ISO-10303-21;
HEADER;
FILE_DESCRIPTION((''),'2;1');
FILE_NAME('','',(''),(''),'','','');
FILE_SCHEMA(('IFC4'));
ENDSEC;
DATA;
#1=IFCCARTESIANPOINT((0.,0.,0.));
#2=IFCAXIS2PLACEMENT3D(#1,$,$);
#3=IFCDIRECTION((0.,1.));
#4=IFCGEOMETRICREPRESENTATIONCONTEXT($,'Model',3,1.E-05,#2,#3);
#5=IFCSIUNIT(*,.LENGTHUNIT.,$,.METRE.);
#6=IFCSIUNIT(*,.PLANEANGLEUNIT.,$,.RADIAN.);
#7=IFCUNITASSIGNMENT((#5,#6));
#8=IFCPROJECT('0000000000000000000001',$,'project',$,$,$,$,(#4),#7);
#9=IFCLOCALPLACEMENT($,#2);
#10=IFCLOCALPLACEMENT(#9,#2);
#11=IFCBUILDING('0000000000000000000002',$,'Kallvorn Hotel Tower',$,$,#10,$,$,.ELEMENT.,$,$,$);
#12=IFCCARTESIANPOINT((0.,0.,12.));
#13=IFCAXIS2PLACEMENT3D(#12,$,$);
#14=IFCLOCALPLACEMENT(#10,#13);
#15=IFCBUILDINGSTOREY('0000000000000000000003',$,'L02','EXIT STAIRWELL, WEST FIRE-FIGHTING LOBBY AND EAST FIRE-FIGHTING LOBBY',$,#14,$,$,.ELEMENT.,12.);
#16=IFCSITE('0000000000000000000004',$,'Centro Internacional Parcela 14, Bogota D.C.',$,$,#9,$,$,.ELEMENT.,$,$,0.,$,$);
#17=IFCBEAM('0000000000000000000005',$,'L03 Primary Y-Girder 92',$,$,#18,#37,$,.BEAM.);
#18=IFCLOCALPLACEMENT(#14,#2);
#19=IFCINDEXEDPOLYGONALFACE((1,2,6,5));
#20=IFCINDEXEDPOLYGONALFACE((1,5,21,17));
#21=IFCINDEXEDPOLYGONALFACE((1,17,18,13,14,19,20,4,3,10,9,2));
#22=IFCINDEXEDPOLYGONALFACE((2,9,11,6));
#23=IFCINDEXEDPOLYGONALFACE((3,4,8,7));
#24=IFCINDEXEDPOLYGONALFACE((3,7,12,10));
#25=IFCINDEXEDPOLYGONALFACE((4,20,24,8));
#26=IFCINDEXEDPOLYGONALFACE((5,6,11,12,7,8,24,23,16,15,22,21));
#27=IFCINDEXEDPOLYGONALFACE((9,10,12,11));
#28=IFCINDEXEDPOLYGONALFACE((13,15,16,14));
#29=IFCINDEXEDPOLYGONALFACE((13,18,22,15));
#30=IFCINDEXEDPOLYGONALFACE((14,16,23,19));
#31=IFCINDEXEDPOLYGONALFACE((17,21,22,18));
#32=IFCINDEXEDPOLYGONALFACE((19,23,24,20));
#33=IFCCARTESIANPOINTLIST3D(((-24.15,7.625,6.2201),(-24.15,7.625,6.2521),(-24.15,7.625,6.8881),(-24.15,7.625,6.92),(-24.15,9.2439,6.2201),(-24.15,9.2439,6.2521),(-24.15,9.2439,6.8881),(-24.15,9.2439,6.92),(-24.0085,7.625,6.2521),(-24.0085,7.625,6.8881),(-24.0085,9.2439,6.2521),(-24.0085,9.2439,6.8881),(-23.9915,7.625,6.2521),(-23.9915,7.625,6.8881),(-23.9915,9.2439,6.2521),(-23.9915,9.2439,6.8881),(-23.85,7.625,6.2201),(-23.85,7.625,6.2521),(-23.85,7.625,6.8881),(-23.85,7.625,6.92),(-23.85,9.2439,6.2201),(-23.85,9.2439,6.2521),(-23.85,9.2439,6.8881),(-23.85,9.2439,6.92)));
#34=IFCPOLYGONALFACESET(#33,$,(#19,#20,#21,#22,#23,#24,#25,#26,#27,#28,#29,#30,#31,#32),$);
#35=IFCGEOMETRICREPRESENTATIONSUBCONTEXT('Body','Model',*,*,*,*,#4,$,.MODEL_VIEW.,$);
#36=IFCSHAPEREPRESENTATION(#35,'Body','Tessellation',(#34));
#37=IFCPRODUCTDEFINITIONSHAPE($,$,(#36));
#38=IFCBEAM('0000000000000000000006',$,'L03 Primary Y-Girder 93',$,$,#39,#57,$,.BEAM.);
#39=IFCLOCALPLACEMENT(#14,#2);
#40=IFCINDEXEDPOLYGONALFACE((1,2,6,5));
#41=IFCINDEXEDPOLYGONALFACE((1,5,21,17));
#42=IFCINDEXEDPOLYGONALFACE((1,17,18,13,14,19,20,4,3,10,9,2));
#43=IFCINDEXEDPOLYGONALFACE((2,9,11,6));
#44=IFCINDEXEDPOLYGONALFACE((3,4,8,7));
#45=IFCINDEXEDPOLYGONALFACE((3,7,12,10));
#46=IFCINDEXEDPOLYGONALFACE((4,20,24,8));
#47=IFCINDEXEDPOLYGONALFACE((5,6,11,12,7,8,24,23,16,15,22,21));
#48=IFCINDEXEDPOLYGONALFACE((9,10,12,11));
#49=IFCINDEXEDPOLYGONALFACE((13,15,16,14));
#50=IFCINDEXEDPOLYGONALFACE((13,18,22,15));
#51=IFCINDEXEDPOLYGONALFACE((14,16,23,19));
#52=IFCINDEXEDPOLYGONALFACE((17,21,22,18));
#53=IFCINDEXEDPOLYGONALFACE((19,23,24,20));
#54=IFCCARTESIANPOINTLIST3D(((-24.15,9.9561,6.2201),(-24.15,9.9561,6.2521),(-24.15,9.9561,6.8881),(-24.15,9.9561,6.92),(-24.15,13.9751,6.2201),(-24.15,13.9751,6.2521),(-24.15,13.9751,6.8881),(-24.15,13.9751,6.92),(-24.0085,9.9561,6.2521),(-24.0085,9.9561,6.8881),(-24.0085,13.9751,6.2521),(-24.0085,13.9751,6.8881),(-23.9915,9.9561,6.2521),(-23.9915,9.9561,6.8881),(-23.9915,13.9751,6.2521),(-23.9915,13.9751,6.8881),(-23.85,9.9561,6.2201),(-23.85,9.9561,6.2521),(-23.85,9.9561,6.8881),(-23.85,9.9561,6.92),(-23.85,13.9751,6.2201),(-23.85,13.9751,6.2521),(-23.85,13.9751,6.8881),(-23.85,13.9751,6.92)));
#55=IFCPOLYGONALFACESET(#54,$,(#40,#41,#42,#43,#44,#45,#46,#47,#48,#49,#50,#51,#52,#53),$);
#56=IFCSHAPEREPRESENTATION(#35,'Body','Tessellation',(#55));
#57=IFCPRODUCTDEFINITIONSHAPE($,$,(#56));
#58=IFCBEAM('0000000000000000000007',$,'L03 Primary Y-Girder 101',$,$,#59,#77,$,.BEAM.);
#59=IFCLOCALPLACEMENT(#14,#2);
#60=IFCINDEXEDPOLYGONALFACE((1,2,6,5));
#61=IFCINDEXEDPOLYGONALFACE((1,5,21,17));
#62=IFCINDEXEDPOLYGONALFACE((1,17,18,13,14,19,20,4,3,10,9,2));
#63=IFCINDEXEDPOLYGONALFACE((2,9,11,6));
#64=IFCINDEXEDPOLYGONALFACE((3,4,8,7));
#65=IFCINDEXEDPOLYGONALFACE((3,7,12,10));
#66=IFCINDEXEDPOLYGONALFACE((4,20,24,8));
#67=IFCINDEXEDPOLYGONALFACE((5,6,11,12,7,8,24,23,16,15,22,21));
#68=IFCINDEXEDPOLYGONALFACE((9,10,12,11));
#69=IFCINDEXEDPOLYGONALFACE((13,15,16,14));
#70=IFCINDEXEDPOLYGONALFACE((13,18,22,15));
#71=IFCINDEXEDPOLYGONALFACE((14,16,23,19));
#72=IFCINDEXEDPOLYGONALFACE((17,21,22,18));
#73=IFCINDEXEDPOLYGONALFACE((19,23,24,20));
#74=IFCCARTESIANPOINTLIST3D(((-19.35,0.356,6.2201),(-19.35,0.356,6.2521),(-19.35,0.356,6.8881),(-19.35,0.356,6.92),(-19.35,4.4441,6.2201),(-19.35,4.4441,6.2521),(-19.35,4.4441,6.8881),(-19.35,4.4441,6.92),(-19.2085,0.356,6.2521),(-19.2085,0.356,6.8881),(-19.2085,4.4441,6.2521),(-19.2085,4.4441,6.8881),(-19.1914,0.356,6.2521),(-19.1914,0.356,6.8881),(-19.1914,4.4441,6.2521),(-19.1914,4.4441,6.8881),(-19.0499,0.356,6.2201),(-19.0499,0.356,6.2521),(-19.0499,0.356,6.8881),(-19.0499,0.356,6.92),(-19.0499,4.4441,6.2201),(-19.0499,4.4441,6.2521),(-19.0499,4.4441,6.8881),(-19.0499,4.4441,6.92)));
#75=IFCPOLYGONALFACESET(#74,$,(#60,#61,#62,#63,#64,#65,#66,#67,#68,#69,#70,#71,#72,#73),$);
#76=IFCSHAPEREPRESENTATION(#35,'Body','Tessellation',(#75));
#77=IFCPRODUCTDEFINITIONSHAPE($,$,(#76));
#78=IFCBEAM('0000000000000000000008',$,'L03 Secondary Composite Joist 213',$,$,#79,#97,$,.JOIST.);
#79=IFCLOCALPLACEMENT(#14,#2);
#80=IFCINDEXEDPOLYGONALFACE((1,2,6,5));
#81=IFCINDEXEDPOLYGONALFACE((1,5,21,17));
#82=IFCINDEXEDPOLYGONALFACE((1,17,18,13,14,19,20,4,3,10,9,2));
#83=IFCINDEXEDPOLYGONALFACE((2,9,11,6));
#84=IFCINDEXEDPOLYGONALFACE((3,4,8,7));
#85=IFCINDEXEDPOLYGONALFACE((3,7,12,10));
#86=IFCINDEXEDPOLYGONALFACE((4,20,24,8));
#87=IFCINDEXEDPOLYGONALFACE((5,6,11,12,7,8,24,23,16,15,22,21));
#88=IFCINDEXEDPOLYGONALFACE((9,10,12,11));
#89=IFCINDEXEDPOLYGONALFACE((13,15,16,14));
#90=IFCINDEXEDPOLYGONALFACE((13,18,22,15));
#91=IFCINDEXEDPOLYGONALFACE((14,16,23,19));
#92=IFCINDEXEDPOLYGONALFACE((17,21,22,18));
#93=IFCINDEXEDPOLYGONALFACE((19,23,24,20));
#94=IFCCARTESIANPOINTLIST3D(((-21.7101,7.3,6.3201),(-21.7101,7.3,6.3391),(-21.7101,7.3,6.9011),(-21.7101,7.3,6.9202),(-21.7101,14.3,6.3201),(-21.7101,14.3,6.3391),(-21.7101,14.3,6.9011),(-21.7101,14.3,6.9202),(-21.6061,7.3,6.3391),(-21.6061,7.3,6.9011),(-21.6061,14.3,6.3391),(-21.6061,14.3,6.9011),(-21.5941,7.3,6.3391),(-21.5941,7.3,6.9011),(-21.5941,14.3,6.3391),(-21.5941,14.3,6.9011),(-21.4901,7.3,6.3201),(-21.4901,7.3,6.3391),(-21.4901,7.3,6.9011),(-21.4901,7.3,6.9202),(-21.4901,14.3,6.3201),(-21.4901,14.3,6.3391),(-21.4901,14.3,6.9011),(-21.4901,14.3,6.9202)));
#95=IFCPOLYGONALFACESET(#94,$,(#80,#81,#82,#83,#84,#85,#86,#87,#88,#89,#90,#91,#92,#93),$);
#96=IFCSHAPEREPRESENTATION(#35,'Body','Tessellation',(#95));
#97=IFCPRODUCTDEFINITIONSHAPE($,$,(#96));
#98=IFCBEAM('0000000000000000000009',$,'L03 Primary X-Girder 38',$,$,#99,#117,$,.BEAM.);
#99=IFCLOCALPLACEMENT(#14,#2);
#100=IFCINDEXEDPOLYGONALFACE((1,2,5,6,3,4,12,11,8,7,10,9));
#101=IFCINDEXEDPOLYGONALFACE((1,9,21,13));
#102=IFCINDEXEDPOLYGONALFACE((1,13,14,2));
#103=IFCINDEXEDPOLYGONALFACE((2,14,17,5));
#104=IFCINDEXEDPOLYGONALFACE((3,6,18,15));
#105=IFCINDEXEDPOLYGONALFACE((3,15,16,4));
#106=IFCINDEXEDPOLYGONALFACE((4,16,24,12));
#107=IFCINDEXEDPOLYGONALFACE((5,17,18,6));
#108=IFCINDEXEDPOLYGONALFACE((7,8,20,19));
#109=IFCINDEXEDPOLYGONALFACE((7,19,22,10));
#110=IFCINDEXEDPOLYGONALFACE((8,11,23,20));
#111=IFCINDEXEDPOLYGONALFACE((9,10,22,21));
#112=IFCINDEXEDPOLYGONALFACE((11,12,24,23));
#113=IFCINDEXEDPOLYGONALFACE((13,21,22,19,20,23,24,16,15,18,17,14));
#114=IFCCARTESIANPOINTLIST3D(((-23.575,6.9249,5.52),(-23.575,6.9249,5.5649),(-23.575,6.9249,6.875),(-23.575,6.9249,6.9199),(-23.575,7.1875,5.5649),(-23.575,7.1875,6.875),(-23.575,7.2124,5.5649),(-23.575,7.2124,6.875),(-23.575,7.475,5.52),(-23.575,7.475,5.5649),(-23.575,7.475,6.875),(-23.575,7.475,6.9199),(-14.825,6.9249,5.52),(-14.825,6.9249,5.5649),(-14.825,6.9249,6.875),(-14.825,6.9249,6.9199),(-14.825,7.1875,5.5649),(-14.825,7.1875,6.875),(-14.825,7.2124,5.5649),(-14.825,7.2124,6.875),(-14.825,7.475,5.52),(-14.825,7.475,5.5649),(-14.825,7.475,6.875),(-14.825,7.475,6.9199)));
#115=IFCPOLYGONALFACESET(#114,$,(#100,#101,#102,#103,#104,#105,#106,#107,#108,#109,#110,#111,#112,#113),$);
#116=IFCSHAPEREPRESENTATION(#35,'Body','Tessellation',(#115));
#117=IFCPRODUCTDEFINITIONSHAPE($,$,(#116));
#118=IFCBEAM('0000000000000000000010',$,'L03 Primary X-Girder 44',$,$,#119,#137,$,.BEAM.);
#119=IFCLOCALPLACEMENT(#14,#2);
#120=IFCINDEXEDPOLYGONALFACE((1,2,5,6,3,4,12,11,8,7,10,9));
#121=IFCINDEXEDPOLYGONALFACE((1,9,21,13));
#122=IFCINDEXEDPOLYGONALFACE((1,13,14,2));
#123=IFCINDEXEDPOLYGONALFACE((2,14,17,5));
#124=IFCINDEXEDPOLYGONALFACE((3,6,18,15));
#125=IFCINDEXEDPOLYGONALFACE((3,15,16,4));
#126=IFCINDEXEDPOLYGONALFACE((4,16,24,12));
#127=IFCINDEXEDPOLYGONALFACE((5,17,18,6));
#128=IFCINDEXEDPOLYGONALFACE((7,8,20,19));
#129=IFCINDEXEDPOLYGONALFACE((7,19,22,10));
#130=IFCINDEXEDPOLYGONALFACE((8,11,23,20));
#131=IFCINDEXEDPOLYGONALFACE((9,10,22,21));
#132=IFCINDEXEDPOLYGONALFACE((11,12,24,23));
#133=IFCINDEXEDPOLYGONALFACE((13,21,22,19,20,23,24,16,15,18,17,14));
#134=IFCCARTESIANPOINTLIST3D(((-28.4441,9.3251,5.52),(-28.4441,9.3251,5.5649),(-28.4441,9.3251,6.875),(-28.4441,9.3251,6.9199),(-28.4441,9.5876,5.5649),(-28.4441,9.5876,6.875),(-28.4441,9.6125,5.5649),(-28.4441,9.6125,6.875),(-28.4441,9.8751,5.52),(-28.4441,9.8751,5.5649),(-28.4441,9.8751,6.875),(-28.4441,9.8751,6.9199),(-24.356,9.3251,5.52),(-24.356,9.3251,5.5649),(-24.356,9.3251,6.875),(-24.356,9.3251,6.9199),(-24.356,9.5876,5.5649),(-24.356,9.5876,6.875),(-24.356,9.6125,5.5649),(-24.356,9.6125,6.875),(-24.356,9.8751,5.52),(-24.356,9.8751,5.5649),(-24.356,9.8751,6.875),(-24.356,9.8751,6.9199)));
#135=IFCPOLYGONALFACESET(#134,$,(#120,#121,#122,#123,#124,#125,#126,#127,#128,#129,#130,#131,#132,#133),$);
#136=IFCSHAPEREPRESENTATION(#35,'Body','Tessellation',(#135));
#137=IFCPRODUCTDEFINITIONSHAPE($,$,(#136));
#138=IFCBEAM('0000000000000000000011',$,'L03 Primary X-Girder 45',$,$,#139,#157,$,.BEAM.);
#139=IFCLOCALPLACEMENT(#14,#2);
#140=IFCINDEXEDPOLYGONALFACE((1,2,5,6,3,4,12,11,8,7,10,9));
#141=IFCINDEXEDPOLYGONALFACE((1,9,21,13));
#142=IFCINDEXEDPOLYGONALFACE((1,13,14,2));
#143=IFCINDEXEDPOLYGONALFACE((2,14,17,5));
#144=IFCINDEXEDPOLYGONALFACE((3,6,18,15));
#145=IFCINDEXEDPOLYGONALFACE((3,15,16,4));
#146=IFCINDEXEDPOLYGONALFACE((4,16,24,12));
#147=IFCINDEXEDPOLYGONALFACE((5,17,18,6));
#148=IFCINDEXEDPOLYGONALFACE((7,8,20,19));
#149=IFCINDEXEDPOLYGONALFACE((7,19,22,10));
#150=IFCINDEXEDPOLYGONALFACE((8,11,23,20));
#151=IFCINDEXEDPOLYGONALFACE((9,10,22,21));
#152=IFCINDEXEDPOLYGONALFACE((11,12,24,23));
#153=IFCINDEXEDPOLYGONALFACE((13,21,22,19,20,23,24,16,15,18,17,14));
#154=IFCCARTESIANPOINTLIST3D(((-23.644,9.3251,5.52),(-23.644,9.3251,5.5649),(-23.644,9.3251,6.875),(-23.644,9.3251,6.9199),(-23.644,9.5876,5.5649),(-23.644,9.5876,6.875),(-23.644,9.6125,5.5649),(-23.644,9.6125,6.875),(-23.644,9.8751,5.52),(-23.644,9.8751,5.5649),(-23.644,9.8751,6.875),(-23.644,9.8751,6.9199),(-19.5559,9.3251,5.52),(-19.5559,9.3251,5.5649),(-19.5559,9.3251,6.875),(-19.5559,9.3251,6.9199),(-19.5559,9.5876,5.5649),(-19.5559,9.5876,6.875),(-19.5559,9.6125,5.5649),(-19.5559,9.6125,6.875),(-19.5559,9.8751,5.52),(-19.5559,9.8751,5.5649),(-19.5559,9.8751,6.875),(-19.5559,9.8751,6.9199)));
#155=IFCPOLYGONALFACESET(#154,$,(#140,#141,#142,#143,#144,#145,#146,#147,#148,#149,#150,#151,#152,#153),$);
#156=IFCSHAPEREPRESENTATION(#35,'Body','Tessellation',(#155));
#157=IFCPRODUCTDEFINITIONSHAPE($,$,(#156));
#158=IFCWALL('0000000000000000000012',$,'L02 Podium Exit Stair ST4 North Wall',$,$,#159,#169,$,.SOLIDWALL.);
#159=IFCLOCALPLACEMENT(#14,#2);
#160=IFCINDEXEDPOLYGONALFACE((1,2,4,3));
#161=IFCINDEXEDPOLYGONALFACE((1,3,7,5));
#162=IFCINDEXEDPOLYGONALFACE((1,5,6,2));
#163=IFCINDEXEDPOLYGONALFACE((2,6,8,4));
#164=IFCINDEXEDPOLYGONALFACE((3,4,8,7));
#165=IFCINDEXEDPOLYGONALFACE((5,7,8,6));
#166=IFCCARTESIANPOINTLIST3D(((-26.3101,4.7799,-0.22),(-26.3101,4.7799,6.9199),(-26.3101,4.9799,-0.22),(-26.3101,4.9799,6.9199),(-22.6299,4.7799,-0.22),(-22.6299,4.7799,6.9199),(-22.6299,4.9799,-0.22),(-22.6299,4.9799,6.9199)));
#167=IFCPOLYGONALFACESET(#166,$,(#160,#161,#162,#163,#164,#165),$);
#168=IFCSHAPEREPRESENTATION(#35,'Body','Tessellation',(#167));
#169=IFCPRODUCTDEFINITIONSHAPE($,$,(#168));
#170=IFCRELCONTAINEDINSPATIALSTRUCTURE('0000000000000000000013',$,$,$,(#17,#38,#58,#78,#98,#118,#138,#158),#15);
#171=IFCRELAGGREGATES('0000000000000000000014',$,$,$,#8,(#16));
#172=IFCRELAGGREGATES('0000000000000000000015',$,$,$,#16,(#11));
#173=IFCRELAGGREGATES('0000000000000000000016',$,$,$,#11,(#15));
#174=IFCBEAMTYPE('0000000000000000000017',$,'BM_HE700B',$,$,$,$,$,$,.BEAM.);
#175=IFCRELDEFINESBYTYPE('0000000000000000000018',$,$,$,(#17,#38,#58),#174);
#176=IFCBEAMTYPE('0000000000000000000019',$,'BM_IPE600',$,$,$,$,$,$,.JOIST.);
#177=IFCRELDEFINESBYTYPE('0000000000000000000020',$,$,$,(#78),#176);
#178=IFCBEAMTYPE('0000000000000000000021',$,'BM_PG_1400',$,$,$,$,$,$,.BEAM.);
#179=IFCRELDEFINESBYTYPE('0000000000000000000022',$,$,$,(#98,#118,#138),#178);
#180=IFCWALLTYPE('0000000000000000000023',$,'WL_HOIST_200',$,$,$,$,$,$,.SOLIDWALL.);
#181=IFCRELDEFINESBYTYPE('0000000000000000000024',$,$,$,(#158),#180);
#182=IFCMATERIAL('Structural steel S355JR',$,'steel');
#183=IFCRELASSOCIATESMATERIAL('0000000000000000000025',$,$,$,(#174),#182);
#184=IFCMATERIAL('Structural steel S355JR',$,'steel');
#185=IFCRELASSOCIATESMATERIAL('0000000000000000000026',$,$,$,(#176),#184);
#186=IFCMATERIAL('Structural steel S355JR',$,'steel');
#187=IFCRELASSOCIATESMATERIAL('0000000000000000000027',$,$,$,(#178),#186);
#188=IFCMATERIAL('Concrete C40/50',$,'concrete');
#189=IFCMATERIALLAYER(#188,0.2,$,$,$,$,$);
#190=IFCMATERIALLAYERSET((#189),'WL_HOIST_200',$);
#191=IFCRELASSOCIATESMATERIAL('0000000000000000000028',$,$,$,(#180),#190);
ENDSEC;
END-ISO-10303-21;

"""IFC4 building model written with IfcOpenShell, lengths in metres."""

from ifc_helpers import new_model, si_unit, direction, frame, frame_2d, origin, origin_2d, place, context, subcontext, project, spatial, rectangle, i_section, extrude, material, layer, layer_set, material_profile, profile_set, type_object, element, save


model = new_model("IFC4")

# Units and contexts
model_context = context("Model", 3, precision=1e-05, world=origin(), true_north=direction((0.0, 1.0)))
body_context = subcontext(model_context, "Body", "Model", "MODEL_VIEW")
ifc_project = project(units=[si_unit("LENGTHUNIT", "METRE"), si_unit("PLANEANGLEUNIT", "RADIAN")], contexts=[model_context])

# Site, building, storey
site_placement = place(None, origin())
site = spatial("IfcSite", under=ifc_project, at=site_placement, Name="Centro Internacional Parcela 14, Bogota D.C.", CompositionType="ELEMENT", RefElevation=0.0)
building_placement = place(site_placement, origin())
building = spatial("IfcBuilding", under=site, at=building_placement, Name="Kallvorn Hotel Tower", CompositionType="ELEMENT")
storey_placement = place(building_placement, frame((0.0, 0.0, 12.0)))
storey = spatial("IfcBuildingStorey", under=building, at=storey_placement, Name="L02", Description="EXIT STAIRWELL, WEST FIRE-FIGHTING LOBBY AND EAST FIRE-FIGHTING LOBBY", CompositionType="ELEMENT", Elevation=12.0)

# Beams
ifc_material_1 = material(Name="Structural steel S355JR", Category="steel")
ifc_material_profile_1 = material_profile(ifc_material_1, i_section(OverallWidth=0.3, OverallDepth=0.7, WebThickness=0.0171, FlangeThickness=0.032, at=origin_2d()), Name="HE 700 B")
ifc_profile_set_1 = profile_set([ifc_material_profile_1], Name="Structural steel S355JR")
beam_type_1 = type_object("IfcBeamType", Name="BM_HE700B", PredefinedType="BEAM", material=ifc_profile_set_1)
beam_1_placement = place(storey_placement, frame((-24.0, 7.625, 6.5701), z_axis=(0.0, 1.0, 0.0), x_axis=(-1.0, 0.0, 0.0)))
element("IfcBeam", 1, at=beam_1_placement, inside=storey, type_object=beam_type_1, Name="L03 Primary Y-Girder 92", PredefinedType="BEAM", context=body_context, shape_type="SweptSolid", body=[
    extrude(i_section(OverallWidth=0.3, OverallDepth=0.7, WebThickness=0.0171, FlangeThickness=0.032, at=origin_2d()), origin(), (0.0, 0.0, 1.0), 1.6189),
])
beam_2_placement = place(storey_placement, frame((-24.0, 9.9561, 6.5701), z_axis=(0.0, 1.0, 0.0), x_axis=(-1.0, 0.0, 0.0)))
element("IfcBeam", 2, at=beam_2_placement, inside=storey, type_object=beam_type_1, Name="L03 Primary Y-Girder 93", PredefinedType="BEAM", context=body_context, shape_type="SweptSolid", body=[
    extrude(i_section(OverallWidth=0.3, OverallDepth=0.7, WebThickness=0.0171, FlangeThickness=0.032, at=origin_2d()), origin(), (0.0, 0.0, 1.0), 4.019),
])
beam_3_placement = place(storey_placement, frame((-19.2, 0.356, 6.5701), z_axis=(0.0, 1.0, 0.0), x_axis=(-1.0, 0.0, 0.0)))
element("IfcBeam", 3, at=beam_3_placement, inside=storey, type_object=beam_type_1, Name="L03 Primary Y-Girder 101", PredefinedType="BEAM", context=body_context, shape_type="SweptSolid", body=[
    extrude(i_section(OverallWidth=0.3, OverallDepth=0.7, WebThickness=0.0171, FlangeThickness=0.032, at=origin_2d()), origin(), (0.0, 0.0, 1.0), 4.0881),
])
ifc_material_2 = material(Name="Structural steel S355JR", Category="steel")
ifc_material_profile_2 = material_profile(ifc_material_2, i_section(OverallWidth=0.22, OverallDepth=0.6001, WebThickness=0.012, FlangeThickness=0.019, at=origin_2d()), Name="IPE 600")
ifc_profile_set_2 = profile_set([ifc_material_profile_2], Name="Structural steel S355JR")
beam_type_2 = type_object("IfcBeamType", Name="BM_IPE600", PredefinedType="JOIST", material=ifc_profile_set_2)
beam_4_placement = place(storey_placement, frame((-21.6001, 7.3, 6.6201), z_axis=(0.0, 1.0, 0.0), x_axis=(-1.0, 0.0, 0.0)))
element("IfcBeam", 4, at=beam_4_placement, inside=storey, type_object=beam_type_2, Name="L03 Secondary Composite Joist 213", PredefinedType="JOIST", context=body_context, shape_type="SweptSolid", body=[
    extrude(i_section(OverallWidth=0.22, OverallDepth=0.6001, WebThickness=0.012, FlangeThickness=0.019, at=origin_2d()), origin(), (0.0, 0.0, 1.0), 7.0),
])
ifc_material_3 = material(Name="Structural steel S355JR", Category="steel")
ifc_material_profile_3 = material_profile(ifc_material_3, i_section(OverallWidth=0.55, OverallDepth=1.3999, WebThickness=0.0249, FlangeThickness=0.0449, at=origin_2d()), Name="PG 1400x550x25x45")
ifc_profile_set_3 = profile_set([ifc_material_profile_3], Name="Structural steel S355JR")
beam_type_3 = type_object("IfcBeamType", Name="BM_PG_1400", PredefinedType="BEAM", material=ifc_profile_set_3)
beam_5_placement = place(storey_placement, frame((-23.575, 7.2, 6.22), z_axis=(1.0, 0.0, 0.0), x_axis=(0.0, 1.0, 0.0)))
element("IfcBeam", 5, at=beam_5_placement, inside=storey, type_object=beam_type_3, Name="L03 Primary X-Girder 38", PredefinedType="BEAM", context=body_context, shape_type="SweptSolid", body=[
    extrude(i_section(OverallWidth=0.55, OverallDepth=1.3999, WebThickness=0.0249, FlangeThickness=0.0449, at=origin_2d()), origin(), (0.0, 0.0, 1.0), 8.75),
])
for number, where, z_axis, x_axis, name in (
    (6, (-28.4441, 9.6001, 6.22), (1.0, 0.0, 0.0), (0.0, 1.0, 0.0), "L03 Primary X-Girder 44"),
    (7, (-23.644, 9.6001, 6.22), (1.0, 0.0, 0.0), (0.0, 1.0, 0.0), "L03 Primary X-Girder 45"),
):
    element("IfcBeam", number, at=place(storey_placement, frame(where, z_axis=z_axis, x_axis=x_axis)), inside=storey, type_object=beam_type_3, Name=name, PredefinedType="BEAM", context=body_context, shape_type="SweptSolid", body=[
        extrude(i_section(OverallWidth=0.55, OverallDepth=1.3999, WebThickness=0.0249, FlangeThickness=0.0449, at=origin_2d()), origin(), (0.0, 0.0, 1.0), 4.0881),
    ])

# Wall
ifc_material_4 = material(Name="Concrete C40/50", Category="concrete")
ifc_layer_1 = layer(ifc_material_4, 0.2)
ifc_layer_set_1 = layer_set([ifc_layer_1], Name="WL_HOIST_200")
wall_type = type_object("IfcWallType", Name="WL_HOIST_200", PredefinedType="SOLIDWALL", material=ifc_layer_set_1)
wall_placement = place(storey_placement, frame((-26.3101, 4.8799, -0.22), z_axis=(0.0, 0.0, 1.0), x_axis=(1.0, 0.0, 0.0)))
element("IfcWall", 8, at=wall_placement, inside=storey, type_object=wall_type, Name="L02 Podium Exit Stair ST4 North Wall", PredefinedType="SOLIDWALL", context=body_context, shape_type="SweptSolid", body=[
    extrude(rectangle(XDim=3.6802, YDim=0.2, at=frame_2d((1.8401, 0.0))), origin(), (0.0, 0.0, 1.0), 7.1399),
])

save(model, "model.ifc")
